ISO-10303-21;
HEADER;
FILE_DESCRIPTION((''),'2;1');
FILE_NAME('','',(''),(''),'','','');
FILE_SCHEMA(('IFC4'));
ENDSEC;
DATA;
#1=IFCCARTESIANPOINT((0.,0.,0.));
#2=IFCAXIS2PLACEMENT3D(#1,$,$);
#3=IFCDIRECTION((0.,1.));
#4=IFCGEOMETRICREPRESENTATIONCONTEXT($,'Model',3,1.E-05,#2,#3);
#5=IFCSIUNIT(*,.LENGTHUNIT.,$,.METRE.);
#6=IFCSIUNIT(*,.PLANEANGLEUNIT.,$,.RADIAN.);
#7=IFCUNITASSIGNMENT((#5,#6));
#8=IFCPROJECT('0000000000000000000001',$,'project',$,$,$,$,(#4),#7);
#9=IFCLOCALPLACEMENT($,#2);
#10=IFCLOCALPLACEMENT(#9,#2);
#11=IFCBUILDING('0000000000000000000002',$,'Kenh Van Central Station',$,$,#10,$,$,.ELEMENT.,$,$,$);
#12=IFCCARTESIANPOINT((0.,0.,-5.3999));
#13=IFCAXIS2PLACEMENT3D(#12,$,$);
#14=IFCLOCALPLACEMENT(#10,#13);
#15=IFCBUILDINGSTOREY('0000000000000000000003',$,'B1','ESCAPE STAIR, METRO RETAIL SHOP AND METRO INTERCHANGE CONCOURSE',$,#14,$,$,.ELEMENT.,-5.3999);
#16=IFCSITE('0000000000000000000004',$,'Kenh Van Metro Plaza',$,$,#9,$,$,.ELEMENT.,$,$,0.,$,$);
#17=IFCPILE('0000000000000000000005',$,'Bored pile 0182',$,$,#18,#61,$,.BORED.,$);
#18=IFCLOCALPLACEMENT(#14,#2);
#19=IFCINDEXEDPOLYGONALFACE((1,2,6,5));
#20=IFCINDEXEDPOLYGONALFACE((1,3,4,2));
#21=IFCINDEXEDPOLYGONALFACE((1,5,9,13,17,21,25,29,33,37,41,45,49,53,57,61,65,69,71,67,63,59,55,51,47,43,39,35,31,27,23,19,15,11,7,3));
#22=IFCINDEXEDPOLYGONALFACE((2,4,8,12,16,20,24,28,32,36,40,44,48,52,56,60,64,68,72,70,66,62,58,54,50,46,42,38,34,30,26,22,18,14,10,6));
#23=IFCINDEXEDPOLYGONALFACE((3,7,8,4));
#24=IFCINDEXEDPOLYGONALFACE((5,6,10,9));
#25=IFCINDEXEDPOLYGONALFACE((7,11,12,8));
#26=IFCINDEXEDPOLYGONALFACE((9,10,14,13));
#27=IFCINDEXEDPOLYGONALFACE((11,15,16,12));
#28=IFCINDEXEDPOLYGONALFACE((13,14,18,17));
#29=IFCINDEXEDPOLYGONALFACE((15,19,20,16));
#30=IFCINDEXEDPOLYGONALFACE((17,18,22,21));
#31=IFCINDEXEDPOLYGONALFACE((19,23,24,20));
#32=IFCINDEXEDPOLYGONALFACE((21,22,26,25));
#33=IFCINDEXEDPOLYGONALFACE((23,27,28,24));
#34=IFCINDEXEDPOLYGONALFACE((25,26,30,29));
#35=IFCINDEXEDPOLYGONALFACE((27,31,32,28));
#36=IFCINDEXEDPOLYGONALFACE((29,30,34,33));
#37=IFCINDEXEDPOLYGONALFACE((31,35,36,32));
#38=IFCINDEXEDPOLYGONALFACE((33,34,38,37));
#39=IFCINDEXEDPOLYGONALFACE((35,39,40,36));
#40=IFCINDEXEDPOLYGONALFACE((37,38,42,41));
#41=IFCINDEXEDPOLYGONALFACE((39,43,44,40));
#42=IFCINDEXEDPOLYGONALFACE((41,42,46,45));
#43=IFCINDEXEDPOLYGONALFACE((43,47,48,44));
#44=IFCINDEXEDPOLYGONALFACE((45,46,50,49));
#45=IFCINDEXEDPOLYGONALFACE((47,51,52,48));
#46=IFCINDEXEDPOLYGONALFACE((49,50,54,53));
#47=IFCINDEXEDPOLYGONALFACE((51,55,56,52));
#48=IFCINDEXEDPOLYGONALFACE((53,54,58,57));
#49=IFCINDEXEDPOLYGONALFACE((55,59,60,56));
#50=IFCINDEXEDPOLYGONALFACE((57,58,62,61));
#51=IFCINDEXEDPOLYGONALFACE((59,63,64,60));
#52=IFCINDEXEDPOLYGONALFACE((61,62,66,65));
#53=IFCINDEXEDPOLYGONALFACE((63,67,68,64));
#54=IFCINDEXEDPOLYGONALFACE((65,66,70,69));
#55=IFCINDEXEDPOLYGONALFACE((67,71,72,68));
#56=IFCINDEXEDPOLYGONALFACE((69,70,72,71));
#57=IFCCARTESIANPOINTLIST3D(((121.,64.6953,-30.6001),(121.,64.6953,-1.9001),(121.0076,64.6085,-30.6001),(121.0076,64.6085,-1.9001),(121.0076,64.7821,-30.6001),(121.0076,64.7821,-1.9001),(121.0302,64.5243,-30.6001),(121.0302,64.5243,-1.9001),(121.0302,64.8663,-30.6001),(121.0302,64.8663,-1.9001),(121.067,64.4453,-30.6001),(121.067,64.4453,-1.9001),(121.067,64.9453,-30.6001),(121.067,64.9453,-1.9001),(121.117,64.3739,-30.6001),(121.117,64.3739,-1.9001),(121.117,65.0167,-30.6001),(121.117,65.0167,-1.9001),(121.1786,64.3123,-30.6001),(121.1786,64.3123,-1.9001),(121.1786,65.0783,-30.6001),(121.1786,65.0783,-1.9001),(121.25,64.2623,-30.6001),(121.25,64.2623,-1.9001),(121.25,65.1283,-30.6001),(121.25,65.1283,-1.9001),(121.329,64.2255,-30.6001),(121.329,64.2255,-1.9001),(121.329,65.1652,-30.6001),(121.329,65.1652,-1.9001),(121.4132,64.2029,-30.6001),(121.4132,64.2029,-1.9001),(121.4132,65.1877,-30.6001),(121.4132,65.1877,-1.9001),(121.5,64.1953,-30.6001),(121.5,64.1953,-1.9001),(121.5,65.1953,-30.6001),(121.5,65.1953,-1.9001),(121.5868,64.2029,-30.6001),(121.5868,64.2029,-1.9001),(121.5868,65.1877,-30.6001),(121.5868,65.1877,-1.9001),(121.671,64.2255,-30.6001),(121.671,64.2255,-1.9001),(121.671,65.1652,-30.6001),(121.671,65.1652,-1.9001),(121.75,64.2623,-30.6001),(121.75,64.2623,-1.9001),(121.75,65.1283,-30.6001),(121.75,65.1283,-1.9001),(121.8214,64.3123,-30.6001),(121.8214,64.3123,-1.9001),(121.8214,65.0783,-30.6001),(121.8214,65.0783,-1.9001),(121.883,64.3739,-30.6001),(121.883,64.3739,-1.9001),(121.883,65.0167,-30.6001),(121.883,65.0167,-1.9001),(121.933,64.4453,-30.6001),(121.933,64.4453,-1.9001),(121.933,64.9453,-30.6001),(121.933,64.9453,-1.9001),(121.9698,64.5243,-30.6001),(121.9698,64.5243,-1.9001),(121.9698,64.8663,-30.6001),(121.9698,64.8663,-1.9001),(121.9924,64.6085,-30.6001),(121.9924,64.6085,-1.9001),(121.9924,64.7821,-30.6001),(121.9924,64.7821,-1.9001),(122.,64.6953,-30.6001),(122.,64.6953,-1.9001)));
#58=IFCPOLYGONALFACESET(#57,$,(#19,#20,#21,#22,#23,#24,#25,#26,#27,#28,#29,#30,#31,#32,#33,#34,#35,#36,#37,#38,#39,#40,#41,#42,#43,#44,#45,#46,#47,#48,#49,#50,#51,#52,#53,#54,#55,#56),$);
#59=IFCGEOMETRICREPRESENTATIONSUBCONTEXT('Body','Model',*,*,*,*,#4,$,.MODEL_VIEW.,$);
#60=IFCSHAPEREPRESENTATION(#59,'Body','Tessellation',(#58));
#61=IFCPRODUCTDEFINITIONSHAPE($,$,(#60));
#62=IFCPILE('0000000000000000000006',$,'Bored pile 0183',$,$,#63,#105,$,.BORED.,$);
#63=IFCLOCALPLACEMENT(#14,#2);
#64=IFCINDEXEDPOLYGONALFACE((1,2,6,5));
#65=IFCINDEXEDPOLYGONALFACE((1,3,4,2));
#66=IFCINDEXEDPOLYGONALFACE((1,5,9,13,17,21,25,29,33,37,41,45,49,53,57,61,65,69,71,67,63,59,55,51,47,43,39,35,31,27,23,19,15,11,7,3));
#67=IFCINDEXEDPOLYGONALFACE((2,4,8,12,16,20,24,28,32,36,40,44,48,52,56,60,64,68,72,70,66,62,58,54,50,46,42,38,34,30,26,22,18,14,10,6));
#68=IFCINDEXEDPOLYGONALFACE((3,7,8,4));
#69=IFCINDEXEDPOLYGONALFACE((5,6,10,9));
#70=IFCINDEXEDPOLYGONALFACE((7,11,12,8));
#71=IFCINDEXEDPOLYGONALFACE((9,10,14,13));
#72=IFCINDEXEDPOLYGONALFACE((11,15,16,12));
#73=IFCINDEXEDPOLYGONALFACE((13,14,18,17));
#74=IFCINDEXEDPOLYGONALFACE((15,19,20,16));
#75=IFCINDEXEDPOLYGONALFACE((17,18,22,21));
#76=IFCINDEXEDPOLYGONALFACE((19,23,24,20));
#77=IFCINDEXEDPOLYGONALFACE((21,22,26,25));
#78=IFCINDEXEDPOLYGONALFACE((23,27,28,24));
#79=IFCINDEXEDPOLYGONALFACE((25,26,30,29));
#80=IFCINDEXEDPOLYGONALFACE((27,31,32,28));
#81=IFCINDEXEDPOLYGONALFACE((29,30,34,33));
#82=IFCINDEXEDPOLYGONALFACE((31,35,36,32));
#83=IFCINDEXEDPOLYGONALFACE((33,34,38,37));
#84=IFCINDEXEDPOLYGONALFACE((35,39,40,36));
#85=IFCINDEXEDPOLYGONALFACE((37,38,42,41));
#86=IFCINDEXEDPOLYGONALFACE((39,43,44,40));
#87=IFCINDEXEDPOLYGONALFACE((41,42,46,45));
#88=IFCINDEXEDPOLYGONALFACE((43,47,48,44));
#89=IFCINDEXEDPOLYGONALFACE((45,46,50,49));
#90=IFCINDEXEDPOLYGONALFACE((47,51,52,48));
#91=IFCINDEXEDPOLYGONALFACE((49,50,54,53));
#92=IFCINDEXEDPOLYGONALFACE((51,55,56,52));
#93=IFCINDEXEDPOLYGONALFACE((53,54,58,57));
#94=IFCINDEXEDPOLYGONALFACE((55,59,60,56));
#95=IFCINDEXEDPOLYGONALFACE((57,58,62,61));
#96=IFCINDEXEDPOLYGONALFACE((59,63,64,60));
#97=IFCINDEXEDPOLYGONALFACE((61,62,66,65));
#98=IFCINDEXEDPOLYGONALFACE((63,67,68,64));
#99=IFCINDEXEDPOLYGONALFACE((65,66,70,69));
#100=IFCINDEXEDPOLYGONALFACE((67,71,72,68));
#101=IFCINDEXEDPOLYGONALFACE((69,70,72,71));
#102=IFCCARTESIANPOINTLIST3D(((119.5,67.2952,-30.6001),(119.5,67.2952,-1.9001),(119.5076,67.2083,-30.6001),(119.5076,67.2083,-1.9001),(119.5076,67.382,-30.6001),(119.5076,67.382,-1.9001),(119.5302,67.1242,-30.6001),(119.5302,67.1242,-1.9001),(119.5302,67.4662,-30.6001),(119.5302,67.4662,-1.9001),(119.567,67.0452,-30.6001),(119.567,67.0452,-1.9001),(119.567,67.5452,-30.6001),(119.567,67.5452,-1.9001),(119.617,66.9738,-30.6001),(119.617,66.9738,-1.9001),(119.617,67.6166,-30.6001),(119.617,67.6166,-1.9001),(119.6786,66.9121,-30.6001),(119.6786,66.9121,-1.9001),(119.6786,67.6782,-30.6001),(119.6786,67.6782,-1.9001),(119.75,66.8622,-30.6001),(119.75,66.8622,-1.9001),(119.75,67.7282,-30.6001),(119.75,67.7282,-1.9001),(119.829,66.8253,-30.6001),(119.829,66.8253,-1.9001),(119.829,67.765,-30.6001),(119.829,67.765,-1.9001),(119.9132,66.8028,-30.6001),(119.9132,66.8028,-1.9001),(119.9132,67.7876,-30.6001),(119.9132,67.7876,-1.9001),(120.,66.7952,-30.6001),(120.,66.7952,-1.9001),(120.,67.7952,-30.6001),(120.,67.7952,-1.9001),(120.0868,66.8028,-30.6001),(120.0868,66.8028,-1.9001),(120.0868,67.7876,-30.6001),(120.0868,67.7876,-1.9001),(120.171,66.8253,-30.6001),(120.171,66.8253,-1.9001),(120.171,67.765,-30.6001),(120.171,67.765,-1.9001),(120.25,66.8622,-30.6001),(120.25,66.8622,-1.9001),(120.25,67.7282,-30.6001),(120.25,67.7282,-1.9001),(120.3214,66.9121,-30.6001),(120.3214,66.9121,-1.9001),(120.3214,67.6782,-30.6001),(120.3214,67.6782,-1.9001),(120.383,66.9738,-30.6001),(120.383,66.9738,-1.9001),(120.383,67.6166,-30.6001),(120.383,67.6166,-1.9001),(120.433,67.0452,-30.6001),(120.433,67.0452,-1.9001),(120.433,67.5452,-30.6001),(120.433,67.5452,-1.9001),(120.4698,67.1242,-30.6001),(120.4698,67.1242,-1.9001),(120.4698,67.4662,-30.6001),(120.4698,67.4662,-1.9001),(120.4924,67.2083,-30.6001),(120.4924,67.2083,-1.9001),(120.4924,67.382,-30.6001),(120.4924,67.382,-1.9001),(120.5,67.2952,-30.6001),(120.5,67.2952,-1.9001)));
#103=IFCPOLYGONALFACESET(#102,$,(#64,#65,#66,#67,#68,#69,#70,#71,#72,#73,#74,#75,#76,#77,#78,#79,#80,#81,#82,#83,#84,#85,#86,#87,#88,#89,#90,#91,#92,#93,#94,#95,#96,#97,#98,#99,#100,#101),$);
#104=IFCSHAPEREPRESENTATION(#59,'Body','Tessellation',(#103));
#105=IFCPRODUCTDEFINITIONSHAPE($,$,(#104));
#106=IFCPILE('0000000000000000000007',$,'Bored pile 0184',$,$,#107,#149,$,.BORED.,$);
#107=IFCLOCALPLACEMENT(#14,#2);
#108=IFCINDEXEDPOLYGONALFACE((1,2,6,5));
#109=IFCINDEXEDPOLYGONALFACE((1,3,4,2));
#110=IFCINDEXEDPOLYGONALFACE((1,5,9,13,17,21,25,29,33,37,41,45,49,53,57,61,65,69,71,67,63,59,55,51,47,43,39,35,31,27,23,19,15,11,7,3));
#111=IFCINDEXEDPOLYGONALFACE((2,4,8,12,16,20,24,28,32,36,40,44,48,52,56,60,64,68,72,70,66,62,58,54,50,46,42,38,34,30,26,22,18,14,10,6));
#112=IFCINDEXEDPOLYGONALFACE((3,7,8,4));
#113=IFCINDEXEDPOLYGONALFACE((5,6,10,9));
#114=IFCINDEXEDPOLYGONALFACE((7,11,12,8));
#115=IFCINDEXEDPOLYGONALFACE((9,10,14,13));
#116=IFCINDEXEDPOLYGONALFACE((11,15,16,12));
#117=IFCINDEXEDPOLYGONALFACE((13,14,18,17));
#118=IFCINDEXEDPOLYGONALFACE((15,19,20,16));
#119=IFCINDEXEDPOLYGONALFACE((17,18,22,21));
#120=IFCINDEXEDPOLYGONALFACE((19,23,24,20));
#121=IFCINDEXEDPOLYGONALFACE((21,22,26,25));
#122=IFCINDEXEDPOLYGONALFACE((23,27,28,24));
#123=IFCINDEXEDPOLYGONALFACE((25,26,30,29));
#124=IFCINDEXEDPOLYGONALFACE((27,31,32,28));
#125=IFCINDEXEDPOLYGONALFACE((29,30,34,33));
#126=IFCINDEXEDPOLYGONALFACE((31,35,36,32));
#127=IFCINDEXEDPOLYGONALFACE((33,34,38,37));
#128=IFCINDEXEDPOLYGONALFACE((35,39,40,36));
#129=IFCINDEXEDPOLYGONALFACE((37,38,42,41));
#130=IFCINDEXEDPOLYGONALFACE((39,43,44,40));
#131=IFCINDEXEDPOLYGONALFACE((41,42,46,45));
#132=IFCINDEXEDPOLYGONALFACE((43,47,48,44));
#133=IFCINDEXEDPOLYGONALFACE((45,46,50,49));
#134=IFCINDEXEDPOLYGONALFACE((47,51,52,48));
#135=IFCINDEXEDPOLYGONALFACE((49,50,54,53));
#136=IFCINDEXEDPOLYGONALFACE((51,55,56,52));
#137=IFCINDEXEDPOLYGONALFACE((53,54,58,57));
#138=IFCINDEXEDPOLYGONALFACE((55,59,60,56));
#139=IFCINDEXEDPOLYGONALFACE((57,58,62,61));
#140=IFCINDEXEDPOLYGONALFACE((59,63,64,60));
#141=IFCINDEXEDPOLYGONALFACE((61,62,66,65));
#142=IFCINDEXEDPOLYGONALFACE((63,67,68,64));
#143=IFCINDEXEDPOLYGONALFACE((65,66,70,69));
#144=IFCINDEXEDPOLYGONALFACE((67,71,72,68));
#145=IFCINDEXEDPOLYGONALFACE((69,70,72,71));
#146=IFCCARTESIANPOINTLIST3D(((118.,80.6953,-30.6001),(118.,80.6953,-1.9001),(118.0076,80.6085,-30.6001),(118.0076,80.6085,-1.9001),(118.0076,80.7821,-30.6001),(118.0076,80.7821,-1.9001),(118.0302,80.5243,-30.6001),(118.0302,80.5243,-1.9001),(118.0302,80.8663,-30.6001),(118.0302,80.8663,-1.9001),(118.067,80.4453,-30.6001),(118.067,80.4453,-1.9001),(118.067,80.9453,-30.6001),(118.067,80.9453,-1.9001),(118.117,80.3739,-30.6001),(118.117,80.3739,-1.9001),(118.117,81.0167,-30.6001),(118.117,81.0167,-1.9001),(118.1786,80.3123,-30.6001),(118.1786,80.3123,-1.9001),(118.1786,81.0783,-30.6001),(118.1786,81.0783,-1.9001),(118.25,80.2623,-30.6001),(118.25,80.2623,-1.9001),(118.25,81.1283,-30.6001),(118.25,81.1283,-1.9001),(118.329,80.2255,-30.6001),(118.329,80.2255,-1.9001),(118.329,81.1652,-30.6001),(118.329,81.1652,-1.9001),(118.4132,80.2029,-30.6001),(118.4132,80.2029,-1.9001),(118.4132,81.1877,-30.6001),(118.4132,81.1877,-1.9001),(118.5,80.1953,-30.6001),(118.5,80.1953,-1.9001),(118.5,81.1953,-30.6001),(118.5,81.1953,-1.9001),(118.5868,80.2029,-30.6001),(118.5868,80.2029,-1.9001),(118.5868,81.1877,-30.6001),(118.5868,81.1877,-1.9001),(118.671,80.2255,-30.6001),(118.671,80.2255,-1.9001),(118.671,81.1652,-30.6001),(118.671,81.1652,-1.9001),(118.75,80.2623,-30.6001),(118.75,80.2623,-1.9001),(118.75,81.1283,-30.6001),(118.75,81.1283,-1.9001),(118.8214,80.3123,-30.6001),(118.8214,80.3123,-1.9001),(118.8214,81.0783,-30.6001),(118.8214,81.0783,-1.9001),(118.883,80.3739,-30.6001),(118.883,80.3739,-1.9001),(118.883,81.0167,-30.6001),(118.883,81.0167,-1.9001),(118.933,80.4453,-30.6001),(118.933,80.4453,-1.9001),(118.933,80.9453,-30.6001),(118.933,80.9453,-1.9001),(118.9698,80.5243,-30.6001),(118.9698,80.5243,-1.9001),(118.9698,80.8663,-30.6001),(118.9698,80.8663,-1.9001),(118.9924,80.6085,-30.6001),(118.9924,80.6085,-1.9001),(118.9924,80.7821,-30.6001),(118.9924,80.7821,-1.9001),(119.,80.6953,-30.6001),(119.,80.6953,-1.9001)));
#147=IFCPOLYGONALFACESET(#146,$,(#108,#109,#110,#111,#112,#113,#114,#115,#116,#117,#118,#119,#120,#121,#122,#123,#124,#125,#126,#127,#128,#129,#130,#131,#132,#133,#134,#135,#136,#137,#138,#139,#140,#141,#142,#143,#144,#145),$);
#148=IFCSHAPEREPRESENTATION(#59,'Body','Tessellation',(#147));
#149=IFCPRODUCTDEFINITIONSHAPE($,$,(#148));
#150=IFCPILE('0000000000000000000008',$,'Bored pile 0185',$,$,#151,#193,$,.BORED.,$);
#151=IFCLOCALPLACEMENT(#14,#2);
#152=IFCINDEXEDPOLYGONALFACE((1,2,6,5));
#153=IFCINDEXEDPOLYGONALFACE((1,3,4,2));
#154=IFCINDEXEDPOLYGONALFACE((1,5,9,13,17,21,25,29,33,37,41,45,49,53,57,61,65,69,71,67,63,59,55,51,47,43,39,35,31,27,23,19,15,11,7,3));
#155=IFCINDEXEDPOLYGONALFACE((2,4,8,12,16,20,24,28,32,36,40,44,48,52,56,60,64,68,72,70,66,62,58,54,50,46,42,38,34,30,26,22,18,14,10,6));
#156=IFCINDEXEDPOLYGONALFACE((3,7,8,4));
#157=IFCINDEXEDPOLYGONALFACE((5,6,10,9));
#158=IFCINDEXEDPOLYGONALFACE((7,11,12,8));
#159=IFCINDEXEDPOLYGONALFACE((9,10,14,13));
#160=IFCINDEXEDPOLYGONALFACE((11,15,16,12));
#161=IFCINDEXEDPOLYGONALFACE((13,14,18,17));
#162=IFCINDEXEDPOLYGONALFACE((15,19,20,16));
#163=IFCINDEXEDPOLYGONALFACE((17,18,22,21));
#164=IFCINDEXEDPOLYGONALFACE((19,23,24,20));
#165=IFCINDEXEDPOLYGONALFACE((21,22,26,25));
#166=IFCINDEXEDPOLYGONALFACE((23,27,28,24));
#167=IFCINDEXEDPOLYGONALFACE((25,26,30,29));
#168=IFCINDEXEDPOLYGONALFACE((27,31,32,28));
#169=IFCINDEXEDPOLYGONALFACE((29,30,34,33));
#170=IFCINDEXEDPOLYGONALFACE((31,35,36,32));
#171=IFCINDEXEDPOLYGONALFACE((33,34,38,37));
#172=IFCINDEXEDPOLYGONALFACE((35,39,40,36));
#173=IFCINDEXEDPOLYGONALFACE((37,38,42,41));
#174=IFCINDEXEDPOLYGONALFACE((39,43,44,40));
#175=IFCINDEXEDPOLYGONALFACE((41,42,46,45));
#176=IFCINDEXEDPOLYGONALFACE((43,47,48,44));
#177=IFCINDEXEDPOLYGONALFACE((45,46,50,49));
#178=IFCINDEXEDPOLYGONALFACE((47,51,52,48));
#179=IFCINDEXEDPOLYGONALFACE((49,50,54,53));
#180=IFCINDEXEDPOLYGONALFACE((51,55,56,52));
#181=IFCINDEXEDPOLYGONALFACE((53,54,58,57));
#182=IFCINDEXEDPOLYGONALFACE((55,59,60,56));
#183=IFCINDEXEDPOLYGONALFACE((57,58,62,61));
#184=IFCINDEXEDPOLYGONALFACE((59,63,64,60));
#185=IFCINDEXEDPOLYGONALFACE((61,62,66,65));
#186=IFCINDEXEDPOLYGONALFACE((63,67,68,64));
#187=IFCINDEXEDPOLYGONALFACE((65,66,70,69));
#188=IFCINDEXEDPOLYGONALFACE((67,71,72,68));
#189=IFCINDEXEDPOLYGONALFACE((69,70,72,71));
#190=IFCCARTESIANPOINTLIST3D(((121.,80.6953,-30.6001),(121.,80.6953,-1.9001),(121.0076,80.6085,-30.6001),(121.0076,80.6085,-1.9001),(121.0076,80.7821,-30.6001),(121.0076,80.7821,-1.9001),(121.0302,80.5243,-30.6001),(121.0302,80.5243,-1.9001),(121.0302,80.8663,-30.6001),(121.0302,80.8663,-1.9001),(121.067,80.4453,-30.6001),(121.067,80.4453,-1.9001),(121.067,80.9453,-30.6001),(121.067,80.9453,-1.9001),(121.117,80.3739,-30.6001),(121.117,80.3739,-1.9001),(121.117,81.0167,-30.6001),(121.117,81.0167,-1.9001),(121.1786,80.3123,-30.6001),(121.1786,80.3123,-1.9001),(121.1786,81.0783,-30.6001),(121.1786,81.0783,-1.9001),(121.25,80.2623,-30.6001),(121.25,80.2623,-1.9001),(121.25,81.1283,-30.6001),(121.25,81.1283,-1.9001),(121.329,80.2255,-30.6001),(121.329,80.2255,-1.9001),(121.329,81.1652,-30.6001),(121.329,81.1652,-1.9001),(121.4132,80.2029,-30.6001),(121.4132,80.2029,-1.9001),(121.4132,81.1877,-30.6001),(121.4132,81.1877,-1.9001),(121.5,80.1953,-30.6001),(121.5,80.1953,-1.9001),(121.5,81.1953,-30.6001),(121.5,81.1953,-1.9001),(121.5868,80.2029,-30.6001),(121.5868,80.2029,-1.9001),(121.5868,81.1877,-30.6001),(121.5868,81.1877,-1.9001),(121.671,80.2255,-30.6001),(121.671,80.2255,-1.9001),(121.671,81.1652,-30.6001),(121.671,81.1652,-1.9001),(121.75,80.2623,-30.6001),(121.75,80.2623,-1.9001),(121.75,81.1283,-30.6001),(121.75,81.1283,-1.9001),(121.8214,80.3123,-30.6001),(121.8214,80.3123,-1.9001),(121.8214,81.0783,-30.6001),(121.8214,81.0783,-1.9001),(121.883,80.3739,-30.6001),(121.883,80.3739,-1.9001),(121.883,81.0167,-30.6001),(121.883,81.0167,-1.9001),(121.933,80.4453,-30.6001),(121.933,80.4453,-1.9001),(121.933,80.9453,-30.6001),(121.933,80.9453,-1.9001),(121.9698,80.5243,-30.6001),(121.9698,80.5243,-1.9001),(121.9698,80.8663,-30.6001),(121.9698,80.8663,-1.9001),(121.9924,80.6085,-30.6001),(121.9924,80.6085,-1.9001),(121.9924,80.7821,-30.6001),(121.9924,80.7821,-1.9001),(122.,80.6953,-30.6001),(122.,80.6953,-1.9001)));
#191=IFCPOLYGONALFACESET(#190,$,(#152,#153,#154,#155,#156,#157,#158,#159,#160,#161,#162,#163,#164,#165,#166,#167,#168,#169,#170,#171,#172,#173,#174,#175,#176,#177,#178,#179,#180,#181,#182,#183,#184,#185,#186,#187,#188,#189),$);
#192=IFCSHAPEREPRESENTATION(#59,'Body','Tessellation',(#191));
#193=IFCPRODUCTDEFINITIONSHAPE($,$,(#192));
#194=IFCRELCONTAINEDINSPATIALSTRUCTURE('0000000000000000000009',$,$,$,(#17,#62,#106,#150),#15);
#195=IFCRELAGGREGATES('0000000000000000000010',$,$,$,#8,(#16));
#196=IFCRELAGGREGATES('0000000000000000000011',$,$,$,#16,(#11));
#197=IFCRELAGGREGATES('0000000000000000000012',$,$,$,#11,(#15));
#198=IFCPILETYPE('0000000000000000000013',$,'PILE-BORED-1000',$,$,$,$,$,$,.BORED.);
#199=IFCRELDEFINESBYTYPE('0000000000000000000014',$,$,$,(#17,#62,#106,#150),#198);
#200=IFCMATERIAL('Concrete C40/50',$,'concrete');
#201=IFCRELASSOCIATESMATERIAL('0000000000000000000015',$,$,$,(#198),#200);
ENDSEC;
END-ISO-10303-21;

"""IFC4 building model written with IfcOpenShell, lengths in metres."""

from ifc_helpers import new_model, si_unit, direction, frame, origin, origin_2d, place, context, subcontext, project, spatial, circle, extrude, material, material_profile, profile_set, type_object, element, save


model = new_model("IFC4")

# Units and contexts
model_context = context("Model", 3, precision=1e-05, world=origin(), true_north=direction((0.0, 1.0)))
body_context = subcontext(model_context, "Body", "Model", "MODEL_VIEW")
ifc_project = project(units=[si_unit("LENGTHUNIT", "METRE"), si_unit("PLANEANGLEUNIT", "RADIAN")], contexts=[model_context])

# Site, building, storey
site_placement = place(None, origin())
site = spatial("IfcSite", under=ifc_project, at=site_placement, Name="Kenh Van Metro Plaza", CompositionType="ELEMENT", RefElevation=0.0)
building_placement = place(site_placement, origin())
building = spatial("IfcBuilding", under=site, at=building_placement, Name="Kenh Van Central Station", CompositionType="ELEMENT")
storey_placement = place(building_placement, frame((0.0, 0.0, -5.3999)))
storey = spatial("IfcBuildingStorey", under=building, at=storey_placement, Name="B1", Description="ESCAPE STAIR, METRO RETAIL SHOP AND METRO INTERCHANGE CONCOURSE", CompositionType="ELEMENT", Elevation=-5.3999)

# Shared definitions
ifc_material = material(Name="Concrete C40/50", Category="concrete")

# Piles
ifc_material_profile_1 = material_profile(ifc_material, circle(Radius=0.5, at=origin_2d()), Name="PILE D1000")
ifc_profile_set_1 = profile_set([ifc_material_profile_1], Name="Concrete C40/50")
pile_type_1 = type_object("IfcPileType", Name="PILE-BORED-1000", PredefinedType="BORED", material=ifc_profile_set_1)
for number, where, z_axis, x_axis, name in (
    (1, (121.5, 64.6953, -1.9001), (0.0, 0.0, -1.0), (1.0, 0.0, 0.0), "Bored pile 0182"),
    (2, (120.0, 67.2952, -1.9001), (0.0, 0.0, -1.0), (1.0, 0.0, 0.0), "Bored pile 0183"),
    (3, (118.5, 80.6953, -1.9001), (0.0, 0.0, -1.0), (1.0, 0.0, 0.0), "Bored pile 0184"),
    (4, (121.5, 80.6953, -1.9001), (0.0, 0.0, -1.0), (1.0, 0.0, 0.0), "Bored pile 0185"),
):
    element("IfcPile", number, at=place(storey_placement, frame(where, z_axis=z_axis, x_axis=x_axis)), inside=storey, type_object=pile_type_1, Name=name, PredefinedType="BORED", context=body_context, shape_type="SweptSolid", body=[
        extrude(circle(Radius=0.5, at=origin_2d()), origin(), (0.0, 0.0, 1.0), 28.7),
    ])

save(model, "model.ifc")
